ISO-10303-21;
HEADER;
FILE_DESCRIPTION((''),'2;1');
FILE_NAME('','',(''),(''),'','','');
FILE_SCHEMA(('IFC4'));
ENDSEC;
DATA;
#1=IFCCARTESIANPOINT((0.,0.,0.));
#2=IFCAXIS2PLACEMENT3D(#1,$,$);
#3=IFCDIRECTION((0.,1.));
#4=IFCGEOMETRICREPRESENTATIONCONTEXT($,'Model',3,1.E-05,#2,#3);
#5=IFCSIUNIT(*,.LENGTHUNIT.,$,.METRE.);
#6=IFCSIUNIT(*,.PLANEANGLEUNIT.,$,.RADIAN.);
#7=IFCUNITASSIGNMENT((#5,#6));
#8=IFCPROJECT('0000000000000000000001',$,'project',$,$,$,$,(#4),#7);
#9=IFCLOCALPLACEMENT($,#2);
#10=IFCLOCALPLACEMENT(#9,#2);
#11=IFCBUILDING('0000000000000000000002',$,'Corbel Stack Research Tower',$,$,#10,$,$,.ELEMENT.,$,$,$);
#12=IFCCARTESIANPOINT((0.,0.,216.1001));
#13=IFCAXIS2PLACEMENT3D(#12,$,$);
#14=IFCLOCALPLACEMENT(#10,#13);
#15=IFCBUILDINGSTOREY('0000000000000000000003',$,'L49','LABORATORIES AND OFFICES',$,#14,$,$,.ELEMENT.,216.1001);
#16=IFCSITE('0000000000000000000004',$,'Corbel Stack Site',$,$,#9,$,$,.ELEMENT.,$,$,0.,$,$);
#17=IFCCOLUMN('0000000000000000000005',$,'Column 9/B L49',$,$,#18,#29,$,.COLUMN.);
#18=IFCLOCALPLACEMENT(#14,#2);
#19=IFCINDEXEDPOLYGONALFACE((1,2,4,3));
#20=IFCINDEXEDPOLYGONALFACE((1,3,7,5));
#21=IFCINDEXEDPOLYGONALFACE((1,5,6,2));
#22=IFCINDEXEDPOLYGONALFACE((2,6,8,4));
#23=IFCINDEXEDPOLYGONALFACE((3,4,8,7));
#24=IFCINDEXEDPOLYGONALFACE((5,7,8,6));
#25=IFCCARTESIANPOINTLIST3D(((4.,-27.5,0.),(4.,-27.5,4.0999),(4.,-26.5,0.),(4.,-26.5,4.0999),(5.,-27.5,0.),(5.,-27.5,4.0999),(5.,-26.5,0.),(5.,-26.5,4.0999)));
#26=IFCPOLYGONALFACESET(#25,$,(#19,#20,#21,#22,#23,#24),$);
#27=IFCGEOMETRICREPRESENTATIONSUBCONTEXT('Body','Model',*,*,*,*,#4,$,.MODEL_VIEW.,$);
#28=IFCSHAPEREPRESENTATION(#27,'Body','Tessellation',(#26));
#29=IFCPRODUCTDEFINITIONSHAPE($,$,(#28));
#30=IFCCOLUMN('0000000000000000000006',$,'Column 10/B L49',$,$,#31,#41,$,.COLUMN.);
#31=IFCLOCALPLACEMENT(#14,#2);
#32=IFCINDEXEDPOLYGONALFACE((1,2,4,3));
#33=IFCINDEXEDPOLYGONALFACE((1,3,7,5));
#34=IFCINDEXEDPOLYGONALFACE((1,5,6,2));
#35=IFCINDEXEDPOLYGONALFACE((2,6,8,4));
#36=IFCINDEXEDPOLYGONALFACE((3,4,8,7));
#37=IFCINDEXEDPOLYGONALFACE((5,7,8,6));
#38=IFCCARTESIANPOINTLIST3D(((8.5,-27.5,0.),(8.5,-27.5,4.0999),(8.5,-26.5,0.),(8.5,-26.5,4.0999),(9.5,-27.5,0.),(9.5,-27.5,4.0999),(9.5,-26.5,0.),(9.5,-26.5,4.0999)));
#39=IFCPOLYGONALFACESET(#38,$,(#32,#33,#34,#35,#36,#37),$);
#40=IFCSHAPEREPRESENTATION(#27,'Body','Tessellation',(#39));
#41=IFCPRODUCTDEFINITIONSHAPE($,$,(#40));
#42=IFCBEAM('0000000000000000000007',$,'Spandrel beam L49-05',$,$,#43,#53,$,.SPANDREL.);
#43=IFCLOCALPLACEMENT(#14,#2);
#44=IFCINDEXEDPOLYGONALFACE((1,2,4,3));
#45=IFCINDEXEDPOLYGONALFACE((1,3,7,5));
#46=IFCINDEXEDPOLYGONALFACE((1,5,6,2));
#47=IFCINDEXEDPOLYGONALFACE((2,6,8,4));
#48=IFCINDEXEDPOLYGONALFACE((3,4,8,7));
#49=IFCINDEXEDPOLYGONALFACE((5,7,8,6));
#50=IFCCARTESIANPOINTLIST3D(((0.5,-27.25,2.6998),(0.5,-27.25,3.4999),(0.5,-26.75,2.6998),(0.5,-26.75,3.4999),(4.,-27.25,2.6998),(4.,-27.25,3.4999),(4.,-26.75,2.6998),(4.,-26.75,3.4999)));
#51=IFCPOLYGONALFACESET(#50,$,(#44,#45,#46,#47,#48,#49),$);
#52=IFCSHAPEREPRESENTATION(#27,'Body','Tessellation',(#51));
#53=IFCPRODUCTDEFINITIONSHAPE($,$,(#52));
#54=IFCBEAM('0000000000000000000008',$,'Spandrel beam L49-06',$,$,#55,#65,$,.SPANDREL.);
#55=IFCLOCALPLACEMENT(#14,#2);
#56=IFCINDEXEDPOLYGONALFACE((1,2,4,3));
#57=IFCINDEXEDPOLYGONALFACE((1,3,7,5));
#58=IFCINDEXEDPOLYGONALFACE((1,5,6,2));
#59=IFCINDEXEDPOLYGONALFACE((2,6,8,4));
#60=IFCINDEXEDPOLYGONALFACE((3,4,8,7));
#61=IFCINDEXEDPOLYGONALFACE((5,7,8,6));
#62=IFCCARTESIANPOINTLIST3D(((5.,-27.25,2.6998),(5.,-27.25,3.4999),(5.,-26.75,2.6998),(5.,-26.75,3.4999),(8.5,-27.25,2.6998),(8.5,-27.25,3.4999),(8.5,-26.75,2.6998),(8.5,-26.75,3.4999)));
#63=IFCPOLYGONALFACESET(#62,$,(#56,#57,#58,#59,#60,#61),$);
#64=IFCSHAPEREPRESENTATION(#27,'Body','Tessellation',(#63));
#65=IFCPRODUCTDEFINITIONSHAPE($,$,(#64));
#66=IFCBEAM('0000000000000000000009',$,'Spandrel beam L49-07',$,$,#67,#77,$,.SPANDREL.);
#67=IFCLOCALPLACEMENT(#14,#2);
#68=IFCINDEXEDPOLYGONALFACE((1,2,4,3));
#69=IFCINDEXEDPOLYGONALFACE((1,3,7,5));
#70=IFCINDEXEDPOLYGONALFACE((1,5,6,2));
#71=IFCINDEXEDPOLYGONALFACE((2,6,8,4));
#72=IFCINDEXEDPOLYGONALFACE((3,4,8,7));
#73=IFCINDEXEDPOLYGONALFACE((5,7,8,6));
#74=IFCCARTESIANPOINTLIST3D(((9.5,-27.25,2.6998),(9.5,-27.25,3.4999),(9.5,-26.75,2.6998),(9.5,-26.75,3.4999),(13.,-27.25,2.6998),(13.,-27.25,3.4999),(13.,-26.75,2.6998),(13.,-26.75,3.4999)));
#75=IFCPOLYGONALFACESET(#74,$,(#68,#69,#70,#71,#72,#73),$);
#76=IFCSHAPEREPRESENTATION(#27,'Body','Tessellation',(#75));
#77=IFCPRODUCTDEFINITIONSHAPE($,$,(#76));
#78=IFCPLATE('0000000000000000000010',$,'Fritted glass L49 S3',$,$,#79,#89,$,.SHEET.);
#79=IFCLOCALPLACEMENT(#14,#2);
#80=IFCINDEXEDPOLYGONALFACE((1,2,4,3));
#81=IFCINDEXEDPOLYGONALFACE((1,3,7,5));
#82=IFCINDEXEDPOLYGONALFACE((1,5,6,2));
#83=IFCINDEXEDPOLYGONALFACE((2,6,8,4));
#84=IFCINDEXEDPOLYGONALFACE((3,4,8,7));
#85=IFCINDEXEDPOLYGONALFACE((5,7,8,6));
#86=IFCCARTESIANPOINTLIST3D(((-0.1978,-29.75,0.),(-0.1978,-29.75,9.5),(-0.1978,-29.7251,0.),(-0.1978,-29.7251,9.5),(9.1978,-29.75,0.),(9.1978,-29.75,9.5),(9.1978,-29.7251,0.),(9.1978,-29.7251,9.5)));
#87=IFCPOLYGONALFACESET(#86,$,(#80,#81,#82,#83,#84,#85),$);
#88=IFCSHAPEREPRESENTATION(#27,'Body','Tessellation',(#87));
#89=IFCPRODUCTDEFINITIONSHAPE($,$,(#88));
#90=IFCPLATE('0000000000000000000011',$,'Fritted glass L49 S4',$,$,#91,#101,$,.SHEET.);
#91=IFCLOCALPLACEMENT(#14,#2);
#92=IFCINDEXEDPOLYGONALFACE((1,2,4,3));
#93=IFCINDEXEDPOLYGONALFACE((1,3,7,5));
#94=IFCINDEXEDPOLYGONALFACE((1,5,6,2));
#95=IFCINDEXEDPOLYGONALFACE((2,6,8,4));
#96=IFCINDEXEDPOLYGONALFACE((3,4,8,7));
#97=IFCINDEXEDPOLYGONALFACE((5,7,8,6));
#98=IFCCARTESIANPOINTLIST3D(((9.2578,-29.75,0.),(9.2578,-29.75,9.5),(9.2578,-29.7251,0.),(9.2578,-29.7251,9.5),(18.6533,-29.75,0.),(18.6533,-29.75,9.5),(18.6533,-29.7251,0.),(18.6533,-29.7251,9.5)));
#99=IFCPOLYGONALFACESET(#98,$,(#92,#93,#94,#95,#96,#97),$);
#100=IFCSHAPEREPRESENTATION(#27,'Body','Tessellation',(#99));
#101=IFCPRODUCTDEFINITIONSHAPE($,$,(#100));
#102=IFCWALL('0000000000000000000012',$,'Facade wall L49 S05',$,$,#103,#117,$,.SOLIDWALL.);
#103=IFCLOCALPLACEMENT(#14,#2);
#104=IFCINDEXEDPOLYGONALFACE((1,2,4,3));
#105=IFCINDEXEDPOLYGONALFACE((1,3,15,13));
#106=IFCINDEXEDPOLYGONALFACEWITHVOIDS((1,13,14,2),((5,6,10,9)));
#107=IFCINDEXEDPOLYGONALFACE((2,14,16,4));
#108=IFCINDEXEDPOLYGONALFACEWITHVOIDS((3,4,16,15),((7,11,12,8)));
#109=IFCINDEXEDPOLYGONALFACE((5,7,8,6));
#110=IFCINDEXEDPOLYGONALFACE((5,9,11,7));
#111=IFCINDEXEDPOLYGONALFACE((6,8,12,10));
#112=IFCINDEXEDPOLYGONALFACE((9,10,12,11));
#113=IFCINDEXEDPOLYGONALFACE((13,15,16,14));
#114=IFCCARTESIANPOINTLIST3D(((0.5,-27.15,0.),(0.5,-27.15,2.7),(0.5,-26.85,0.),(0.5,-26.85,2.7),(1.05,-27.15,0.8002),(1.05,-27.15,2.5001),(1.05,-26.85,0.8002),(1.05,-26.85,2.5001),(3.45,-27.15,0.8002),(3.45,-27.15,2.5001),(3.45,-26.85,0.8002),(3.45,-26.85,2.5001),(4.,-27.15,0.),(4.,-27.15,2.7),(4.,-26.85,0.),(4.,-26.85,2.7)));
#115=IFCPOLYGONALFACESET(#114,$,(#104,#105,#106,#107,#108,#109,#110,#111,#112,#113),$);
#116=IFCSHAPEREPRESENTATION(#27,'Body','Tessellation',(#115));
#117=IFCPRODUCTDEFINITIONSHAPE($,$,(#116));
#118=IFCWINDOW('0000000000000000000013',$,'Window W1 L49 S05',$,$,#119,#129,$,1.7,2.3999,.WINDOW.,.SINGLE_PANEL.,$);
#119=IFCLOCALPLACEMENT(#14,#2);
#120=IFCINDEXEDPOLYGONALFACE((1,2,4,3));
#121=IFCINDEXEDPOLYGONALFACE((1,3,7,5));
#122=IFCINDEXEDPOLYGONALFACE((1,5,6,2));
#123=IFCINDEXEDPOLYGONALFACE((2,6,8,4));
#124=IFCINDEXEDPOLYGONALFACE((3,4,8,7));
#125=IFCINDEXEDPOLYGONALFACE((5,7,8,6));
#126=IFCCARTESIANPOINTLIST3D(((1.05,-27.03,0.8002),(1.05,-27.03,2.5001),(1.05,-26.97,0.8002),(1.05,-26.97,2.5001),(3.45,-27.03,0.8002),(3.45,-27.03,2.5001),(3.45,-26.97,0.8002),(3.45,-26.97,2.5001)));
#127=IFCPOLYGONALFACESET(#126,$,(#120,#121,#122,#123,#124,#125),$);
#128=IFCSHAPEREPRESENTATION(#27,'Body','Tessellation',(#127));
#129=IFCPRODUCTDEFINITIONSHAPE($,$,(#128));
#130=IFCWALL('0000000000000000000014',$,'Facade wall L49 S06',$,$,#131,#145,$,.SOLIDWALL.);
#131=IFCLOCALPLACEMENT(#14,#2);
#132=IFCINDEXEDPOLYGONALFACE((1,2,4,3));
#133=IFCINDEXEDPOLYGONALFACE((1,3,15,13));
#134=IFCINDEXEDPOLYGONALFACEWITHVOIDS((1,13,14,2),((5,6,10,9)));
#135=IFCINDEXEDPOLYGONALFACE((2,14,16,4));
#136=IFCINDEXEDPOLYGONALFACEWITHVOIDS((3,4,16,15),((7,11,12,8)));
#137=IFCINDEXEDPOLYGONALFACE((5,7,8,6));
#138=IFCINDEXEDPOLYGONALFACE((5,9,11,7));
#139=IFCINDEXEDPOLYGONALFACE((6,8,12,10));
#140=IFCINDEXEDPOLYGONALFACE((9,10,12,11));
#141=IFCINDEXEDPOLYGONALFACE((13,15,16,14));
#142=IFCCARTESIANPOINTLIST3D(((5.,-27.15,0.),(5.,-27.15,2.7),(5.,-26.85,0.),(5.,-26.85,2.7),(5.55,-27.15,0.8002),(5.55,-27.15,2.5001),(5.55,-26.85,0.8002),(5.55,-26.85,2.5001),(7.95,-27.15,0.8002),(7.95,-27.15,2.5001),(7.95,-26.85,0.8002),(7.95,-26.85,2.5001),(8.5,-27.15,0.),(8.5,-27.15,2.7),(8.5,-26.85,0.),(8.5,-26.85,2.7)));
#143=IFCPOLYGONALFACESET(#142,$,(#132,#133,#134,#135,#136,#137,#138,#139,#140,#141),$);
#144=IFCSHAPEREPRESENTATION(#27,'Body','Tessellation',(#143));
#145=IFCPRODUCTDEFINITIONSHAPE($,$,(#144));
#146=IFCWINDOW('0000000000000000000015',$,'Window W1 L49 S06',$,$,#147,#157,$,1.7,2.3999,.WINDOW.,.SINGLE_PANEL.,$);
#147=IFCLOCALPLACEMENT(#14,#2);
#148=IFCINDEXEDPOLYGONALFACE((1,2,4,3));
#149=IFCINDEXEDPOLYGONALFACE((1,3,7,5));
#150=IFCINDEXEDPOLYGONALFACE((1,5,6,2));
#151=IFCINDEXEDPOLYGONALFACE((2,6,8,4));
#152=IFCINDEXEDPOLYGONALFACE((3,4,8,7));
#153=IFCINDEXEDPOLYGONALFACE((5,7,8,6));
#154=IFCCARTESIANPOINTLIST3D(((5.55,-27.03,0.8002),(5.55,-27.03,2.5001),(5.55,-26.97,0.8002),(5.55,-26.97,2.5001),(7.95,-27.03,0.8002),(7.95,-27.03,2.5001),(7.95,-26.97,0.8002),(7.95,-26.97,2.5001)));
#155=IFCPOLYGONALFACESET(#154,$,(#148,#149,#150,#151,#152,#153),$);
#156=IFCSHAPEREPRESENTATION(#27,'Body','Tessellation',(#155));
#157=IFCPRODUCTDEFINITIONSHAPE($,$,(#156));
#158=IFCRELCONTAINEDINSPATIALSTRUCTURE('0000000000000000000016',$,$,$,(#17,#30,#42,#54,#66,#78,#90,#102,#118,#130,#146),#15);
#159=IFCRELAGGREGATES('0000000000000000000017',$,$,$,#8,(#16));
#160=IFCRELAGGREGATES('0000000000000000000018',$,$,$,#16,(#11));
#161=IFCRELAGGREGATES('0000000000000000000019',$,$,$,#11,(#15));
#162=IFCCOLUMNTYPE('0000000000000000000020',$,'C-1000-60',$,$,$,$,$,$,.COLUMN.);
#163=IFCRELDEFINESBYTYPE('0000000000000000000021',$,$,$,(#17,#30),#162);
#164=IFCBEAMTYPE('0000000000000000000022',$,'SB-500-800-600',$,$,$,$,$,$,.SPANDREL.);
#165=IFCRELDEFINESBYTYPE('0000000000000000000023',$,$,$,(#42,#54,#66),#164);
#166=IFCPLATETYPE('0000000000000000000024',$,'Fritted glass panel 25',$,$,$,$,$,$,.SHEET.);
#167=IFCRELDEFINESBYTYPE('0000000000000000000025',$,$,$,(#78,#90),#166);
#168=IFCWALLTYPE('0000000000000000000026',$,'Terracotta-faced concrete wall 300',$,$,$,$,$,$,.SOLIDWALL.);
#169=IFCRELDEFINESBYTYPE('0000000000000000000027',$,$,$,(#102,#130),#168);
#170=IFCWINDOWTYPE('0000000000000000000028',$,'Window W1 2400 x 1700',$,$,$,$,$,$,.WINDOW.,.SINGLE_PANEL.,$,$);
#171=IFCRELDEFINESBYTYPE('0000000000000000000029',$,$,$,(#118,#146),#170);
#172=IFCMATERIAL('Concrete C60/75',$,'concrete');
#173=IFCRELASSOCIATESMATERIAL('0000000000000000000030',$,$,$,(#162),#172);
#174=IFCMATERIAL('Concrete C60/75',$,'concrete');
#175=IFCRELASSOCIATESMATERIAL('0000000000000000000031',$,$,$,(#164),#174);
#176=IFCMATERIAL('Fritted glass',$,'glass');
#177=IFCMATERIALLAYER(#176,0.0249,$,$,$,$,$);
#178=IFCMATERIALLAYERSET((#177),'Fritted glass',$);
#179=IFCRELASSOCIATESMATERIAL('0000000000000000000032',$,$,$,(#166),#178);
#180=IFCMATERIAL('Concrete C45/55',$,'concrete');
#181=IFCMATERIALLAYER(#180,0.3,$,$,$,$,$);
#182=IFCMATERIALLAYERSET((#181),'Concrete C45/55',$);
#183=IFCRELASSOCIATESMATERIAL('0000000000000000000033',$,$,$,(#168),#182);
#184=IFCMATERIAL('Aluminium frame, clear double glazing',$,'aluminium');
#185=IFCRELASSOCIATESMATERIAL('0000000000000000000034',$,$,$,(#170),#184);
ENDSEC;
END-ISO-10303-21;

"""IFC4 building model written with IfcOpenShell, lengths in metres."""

from ifc_helpers import new_model, si_unit, direction, frame, frame_2d, origin, origin_2d, place, context, subcontext, project, spatial, rectangle, extrude, material, layer, layer_set, material_profile, profile_set, type_object, element, fill, save


model = new_model("IFC4")

# Units and contexts
model_context = context("Model", 3, precision=1e-05, world=origin(), true_north=direction((0.0, 1.0)))
body_context = subcontext(model_context, "Body", "Model", "MODEL_VIEW")
ifc_project = project(units=[si_unit("LENGTHUNIT", "METRE"), si_unit("PLANEANGLEUNIT", "RADIAN")], contexts=[model_context])

# Site, building, storey
site_placement = place(None, origin())
site = spatial("IfcSite", under=ifc_project, at=site_placement, Name="Corbel Stack Site", CompositionType="ELEMENT", RefElevation=0.0)
building_placement = place(site_placement, origin())
building = spatial("IfcBuilding", under=site, at=building_placement, Name="Corbel Stack Research Tower", CompositionType="ELEMENT")
storey_placement = place(building_placement, frame((0.0, 0.0, 216.1001)))
storey = spatial("IfcBuildingStorey", under=building, at=storey_placement, Name="L49", Description="LABORATORIES AND OFFICES", CompositionType="ELEMENT", Elevation=216.1001)

# Columns
ifc_material_1 = material(Name="Concrete C60/75", Category="concrete")
ifc_material_profile_1 = material_profile(ifc_material_1, rectangle(XDim=1.0, YDim=1.0, at=origin_2d()), Name="RC 1000 x 1000")
ifc_profile_set_1 = profile_set([ifc_material_profile_1], Name="Concrete C60/75")
column_type = type_object("IfcColumnType", Name="C-1000-60", PredefinedType="COLUMN", material=ifc_profile_set_1)
for number, where, z_axis, x_axis, name in (
    (1, (4.5, -27.0, 0.0), (0.0, 0.0, 1.0), (1.0, 0.0, 0.0), "Column 9/B L49"),
    (2, (9.0, -27.0, 0.0), (0.0, 0.0, 1.0), (1.0, 0.0, 0.0), "Column 10/B L49"),
):
    element("IfcColumn", number, at=place(storey_placement, frame(where, z_axis=z_axis, x_axis=x_axis)), inside=storey, type_object=column_type, Name=name, PredefinedType="COLUMN", context=body_context, shape_type="SweptSolid", body=[
        extrude(rectangle(XDim=1.0, YDim=1.0, at=origin_2d()), origin(), (0.0, 0.0, 1.0), 4.0999),
    ])

# Beams
ifc_material_2 = material(Name="Concrete C60/75", Category="concrete")
ifc_material_profile_2 = material_profile(ifc_material_2, rectangle(XDim=0.5, YDim=0.8, at=origin_2d()), Name="RC 500 x 800")
ifc_profile_set_2 = profile_set([ifc_material_profile_2], Name="Concrete C60/75")
beam_type = type_object("IfcBeamType", Name="SB-500-800-600", PredefinedType="SPANDREL", material=ifc_profile_set_2)
for number, where, z_axis, x_axis, name in (
    (3, (0.5, -27.0, 3.0999), (1.0, 0.0, 0.0), (0.0, 1.0, 0.0), "Spandrel beam L49-05"),
    (4, (5.0, -27.0, 3.0999), (1.0, 0.0, 0.0), (0.0, 1.0, 0.0), "Spandrel beam L49-06"),
    (5, (9.5, -27.0, 3.0999), (1.0, 0.0, 0.0), (0.0, 1.0, 0.0), "Spandrel beam L49-07"),
):
    element("IfcBeam", number, at=place(storey_placement, frame(where, z_axis=z_axis, x_axis=x_axis)), inside=storey, type_object=beam_type, Name=name, PredefinedType="SPANDREL", context=body_context, shape_type="SweptSolid", body=[
        extrude(rectangle(XDim=0.5, YDim=0.8, at=origin_2d()), origin(), (0.0, 0.0, 1.0), 3.5),
    ])

# Plates
ifc_material_3 = material(Name="Fritted glass", Category="glass")
ifc_layer_1 = layer(ifc_material_3, 0.0249)
ifc_layer_set_1 = layer_set([ifc_layer_1], Name="Fritted glass")
plate_type = type_object("IfcPlateType", Name="Fritted glass panel 25", PredefinedType="SHEET", material=ifc_layer_set_1)
for number, where, z_axis, x_axis, name in (
    (6, (4.5, -29.7375, 0.0), (0.0, 0.0, 1.0), (1.0, 0.0, 0.0), "Fritted glass L49 S3"),
    (7, (13.9556, -29.7375, 0.0), (0.0, 0.0, 1.0), (1.0, 0.0, 0.0), "Fritted glass L49 S4"),
):
    element("IfcPlate", number, at=place(storey_placement, frame(where, z_axis=z_axis, x_axis=x_axis)), inside=storey, type_object=plate_type, Name=name, PredefinedType="SHEET", context=body_context, shape_type="SweptSolid", body=[
        extrude(rectangle(XDim=9.3955, YDim=0.0249, at=origin_2d()), origin(), (0.0, 0.0, 1.0), 9.5),
    ])

# Walls, openings, windows
ifc_material_4 = material(Name="Concrete C45/55", Category="concrete")
ifc_layer_2 = layer(ifc_material_4, 0.3)
ifc_layer_set_2 = layer_set([ifc_layer_2], Name="Concrete C45/55")
wall_type = type_object("IfcWallType", Name="Terracotta-faced concrete wall 300", PredefinedType="SOLIDWALL", material=ifc_layer_set_2)
wall_1_placement = place(storey_placement, frame((4.0, -27.0, 0.0), z_axis=(0.0, 0.0, 1.0), x_axis=(-1.0, 0.0, 0.0)))
wall_1 = element("IfcWall", 8, at=wall_1_placement, inside=storey, type_object=wall_type, Name="Facade wall L49 S05", PredefinedType="SOLIDWALL", context=body_context, shape_type="SweptSolid", body=[
    extrude(rectangle(XDim=3.5, YDim=0.3, at=frame_2d((1.75, 0.0))), origin(), (0.0, 0.0, 1.0), 2.7),
])
opening_1_placement = place(wall_1_placement, frame((0.55, 0.0, 0.8)))
opening_1 = element("IfcOpeningElement", 9, at=opening_1_placement, cuts=wall_1, PredefinedType="OPENING", context=body_context, shape_type="SweptSolid", body=[
    extrude(rectangle(XDim=2.3999, YDim=1.7, at=frame_2d((1.2, 0.8501))), frame((0.0, 0.1599, 0.0), z_axis=(0.0, -1.0, 0.0), x_axis=(1.0, 0.0, 0.0)), (0.0, 0.0, 1.0), 0.3201),
])
ifc_material_5 = material(Name="Aluminium frame, clear double glazing", Category="aluminium")
window_type = type_object("IfcWindowType", Name="Window W1 2400 x 1700", PartitioningType="SINGLE_PANEL", PredefinedType="WINDOW", material=ifc_material_5)
window_1_placement = place(opening_1_placement, origin())
window_1 = element("IfcWindow", 10, at=window_1_placement, inside=storey, type_object=window_type, Name="Window W1 L49 S05", OverallHeight=1.7, OverallWidth=2.3999, PartitioningType="SINGLE_PANEL", PredefinedType="WINDOW", context=body_context, shape_type="SweptSolid", body=[
    extrude(rectangle(XDim=2.3999, YDim=1.7, at=frame_2d((1.2, 0.8501))), frame((0.0, 0.03, 0.0), z_axis=(0.0, -1.0, 0.0), x_axis=(1.0, 0.0, 0.0)), (0.0, 0.0, 1.0), 0.0601),
])
fill(opening_1, window_1)
wall_2_placement = place(storey_placement, frame((8.5, -27.0, 0.0), z_axis=(0.0, 0.0, 1.0), x_axis=(-1.0, 0.0, 0.0)))
wall_2 = element("IfcWall", 11, at=wall_2_placement, inside=storey, type_object=wall_type, Name="Facade wall L49 S06", PredefinedType="SOLIDWALL", context=body_context, shape_type="SweptSolid", body=[
    extrude(rectangle(XDim=3.5, YDim=0.3, at=frame_2d((1.75, 0.0))), origin(), (0.0, 0.0, 1.0), 2.7),
])
opening_2_placement = place(wall_2_placement, frame((0.55, 0.0, 0.8)))
opening_2 = element("IfcOpeningElement", 12, at=opening_2_placement, cuts=wall_2, PredefinedType="OPENING", context=body_context, shape_type="SweptSolid", body=[
    extrude(rectangle(XDim=2.3999, YDim=1.7, at=frame_2d((1.2, 0.8501))), frame((0.0, 0.1599, 0.0), z_axis=(0.0, -1.0, 0.0), x_axis=(1.0, 0.0, 0.0)), (0.0, 0.0, 1.0), 0.3201),
])
window_2_placement = place(opening_2_placement, origin())
window_2 = element("IfcWindow", 13, at=window_2_placement, inside=storey, type_object=window_type, Name="Window W1 L49 S06", OverallHeight=1.7, OverallWidth=2.3999, PartitioningType="SINGLE_PANEL", PredefinedType="WINDOW", context=body_context, shape_type="SweptSolid", body=[
    extrude(rectangle(XDim=2.3999, YDim=1.7, at=frame_2d((1.2, 0.8501))), frame((0.0, 0.03, 0.0), z_axis=(0.0, -1.0, 0.0), x_axis=(1.0, 0.0, 0.0)), (0.0, 0.0, 1.0), 0.0601),
])
fill(opening_2, window_2)

save(model, "model.ifc")
